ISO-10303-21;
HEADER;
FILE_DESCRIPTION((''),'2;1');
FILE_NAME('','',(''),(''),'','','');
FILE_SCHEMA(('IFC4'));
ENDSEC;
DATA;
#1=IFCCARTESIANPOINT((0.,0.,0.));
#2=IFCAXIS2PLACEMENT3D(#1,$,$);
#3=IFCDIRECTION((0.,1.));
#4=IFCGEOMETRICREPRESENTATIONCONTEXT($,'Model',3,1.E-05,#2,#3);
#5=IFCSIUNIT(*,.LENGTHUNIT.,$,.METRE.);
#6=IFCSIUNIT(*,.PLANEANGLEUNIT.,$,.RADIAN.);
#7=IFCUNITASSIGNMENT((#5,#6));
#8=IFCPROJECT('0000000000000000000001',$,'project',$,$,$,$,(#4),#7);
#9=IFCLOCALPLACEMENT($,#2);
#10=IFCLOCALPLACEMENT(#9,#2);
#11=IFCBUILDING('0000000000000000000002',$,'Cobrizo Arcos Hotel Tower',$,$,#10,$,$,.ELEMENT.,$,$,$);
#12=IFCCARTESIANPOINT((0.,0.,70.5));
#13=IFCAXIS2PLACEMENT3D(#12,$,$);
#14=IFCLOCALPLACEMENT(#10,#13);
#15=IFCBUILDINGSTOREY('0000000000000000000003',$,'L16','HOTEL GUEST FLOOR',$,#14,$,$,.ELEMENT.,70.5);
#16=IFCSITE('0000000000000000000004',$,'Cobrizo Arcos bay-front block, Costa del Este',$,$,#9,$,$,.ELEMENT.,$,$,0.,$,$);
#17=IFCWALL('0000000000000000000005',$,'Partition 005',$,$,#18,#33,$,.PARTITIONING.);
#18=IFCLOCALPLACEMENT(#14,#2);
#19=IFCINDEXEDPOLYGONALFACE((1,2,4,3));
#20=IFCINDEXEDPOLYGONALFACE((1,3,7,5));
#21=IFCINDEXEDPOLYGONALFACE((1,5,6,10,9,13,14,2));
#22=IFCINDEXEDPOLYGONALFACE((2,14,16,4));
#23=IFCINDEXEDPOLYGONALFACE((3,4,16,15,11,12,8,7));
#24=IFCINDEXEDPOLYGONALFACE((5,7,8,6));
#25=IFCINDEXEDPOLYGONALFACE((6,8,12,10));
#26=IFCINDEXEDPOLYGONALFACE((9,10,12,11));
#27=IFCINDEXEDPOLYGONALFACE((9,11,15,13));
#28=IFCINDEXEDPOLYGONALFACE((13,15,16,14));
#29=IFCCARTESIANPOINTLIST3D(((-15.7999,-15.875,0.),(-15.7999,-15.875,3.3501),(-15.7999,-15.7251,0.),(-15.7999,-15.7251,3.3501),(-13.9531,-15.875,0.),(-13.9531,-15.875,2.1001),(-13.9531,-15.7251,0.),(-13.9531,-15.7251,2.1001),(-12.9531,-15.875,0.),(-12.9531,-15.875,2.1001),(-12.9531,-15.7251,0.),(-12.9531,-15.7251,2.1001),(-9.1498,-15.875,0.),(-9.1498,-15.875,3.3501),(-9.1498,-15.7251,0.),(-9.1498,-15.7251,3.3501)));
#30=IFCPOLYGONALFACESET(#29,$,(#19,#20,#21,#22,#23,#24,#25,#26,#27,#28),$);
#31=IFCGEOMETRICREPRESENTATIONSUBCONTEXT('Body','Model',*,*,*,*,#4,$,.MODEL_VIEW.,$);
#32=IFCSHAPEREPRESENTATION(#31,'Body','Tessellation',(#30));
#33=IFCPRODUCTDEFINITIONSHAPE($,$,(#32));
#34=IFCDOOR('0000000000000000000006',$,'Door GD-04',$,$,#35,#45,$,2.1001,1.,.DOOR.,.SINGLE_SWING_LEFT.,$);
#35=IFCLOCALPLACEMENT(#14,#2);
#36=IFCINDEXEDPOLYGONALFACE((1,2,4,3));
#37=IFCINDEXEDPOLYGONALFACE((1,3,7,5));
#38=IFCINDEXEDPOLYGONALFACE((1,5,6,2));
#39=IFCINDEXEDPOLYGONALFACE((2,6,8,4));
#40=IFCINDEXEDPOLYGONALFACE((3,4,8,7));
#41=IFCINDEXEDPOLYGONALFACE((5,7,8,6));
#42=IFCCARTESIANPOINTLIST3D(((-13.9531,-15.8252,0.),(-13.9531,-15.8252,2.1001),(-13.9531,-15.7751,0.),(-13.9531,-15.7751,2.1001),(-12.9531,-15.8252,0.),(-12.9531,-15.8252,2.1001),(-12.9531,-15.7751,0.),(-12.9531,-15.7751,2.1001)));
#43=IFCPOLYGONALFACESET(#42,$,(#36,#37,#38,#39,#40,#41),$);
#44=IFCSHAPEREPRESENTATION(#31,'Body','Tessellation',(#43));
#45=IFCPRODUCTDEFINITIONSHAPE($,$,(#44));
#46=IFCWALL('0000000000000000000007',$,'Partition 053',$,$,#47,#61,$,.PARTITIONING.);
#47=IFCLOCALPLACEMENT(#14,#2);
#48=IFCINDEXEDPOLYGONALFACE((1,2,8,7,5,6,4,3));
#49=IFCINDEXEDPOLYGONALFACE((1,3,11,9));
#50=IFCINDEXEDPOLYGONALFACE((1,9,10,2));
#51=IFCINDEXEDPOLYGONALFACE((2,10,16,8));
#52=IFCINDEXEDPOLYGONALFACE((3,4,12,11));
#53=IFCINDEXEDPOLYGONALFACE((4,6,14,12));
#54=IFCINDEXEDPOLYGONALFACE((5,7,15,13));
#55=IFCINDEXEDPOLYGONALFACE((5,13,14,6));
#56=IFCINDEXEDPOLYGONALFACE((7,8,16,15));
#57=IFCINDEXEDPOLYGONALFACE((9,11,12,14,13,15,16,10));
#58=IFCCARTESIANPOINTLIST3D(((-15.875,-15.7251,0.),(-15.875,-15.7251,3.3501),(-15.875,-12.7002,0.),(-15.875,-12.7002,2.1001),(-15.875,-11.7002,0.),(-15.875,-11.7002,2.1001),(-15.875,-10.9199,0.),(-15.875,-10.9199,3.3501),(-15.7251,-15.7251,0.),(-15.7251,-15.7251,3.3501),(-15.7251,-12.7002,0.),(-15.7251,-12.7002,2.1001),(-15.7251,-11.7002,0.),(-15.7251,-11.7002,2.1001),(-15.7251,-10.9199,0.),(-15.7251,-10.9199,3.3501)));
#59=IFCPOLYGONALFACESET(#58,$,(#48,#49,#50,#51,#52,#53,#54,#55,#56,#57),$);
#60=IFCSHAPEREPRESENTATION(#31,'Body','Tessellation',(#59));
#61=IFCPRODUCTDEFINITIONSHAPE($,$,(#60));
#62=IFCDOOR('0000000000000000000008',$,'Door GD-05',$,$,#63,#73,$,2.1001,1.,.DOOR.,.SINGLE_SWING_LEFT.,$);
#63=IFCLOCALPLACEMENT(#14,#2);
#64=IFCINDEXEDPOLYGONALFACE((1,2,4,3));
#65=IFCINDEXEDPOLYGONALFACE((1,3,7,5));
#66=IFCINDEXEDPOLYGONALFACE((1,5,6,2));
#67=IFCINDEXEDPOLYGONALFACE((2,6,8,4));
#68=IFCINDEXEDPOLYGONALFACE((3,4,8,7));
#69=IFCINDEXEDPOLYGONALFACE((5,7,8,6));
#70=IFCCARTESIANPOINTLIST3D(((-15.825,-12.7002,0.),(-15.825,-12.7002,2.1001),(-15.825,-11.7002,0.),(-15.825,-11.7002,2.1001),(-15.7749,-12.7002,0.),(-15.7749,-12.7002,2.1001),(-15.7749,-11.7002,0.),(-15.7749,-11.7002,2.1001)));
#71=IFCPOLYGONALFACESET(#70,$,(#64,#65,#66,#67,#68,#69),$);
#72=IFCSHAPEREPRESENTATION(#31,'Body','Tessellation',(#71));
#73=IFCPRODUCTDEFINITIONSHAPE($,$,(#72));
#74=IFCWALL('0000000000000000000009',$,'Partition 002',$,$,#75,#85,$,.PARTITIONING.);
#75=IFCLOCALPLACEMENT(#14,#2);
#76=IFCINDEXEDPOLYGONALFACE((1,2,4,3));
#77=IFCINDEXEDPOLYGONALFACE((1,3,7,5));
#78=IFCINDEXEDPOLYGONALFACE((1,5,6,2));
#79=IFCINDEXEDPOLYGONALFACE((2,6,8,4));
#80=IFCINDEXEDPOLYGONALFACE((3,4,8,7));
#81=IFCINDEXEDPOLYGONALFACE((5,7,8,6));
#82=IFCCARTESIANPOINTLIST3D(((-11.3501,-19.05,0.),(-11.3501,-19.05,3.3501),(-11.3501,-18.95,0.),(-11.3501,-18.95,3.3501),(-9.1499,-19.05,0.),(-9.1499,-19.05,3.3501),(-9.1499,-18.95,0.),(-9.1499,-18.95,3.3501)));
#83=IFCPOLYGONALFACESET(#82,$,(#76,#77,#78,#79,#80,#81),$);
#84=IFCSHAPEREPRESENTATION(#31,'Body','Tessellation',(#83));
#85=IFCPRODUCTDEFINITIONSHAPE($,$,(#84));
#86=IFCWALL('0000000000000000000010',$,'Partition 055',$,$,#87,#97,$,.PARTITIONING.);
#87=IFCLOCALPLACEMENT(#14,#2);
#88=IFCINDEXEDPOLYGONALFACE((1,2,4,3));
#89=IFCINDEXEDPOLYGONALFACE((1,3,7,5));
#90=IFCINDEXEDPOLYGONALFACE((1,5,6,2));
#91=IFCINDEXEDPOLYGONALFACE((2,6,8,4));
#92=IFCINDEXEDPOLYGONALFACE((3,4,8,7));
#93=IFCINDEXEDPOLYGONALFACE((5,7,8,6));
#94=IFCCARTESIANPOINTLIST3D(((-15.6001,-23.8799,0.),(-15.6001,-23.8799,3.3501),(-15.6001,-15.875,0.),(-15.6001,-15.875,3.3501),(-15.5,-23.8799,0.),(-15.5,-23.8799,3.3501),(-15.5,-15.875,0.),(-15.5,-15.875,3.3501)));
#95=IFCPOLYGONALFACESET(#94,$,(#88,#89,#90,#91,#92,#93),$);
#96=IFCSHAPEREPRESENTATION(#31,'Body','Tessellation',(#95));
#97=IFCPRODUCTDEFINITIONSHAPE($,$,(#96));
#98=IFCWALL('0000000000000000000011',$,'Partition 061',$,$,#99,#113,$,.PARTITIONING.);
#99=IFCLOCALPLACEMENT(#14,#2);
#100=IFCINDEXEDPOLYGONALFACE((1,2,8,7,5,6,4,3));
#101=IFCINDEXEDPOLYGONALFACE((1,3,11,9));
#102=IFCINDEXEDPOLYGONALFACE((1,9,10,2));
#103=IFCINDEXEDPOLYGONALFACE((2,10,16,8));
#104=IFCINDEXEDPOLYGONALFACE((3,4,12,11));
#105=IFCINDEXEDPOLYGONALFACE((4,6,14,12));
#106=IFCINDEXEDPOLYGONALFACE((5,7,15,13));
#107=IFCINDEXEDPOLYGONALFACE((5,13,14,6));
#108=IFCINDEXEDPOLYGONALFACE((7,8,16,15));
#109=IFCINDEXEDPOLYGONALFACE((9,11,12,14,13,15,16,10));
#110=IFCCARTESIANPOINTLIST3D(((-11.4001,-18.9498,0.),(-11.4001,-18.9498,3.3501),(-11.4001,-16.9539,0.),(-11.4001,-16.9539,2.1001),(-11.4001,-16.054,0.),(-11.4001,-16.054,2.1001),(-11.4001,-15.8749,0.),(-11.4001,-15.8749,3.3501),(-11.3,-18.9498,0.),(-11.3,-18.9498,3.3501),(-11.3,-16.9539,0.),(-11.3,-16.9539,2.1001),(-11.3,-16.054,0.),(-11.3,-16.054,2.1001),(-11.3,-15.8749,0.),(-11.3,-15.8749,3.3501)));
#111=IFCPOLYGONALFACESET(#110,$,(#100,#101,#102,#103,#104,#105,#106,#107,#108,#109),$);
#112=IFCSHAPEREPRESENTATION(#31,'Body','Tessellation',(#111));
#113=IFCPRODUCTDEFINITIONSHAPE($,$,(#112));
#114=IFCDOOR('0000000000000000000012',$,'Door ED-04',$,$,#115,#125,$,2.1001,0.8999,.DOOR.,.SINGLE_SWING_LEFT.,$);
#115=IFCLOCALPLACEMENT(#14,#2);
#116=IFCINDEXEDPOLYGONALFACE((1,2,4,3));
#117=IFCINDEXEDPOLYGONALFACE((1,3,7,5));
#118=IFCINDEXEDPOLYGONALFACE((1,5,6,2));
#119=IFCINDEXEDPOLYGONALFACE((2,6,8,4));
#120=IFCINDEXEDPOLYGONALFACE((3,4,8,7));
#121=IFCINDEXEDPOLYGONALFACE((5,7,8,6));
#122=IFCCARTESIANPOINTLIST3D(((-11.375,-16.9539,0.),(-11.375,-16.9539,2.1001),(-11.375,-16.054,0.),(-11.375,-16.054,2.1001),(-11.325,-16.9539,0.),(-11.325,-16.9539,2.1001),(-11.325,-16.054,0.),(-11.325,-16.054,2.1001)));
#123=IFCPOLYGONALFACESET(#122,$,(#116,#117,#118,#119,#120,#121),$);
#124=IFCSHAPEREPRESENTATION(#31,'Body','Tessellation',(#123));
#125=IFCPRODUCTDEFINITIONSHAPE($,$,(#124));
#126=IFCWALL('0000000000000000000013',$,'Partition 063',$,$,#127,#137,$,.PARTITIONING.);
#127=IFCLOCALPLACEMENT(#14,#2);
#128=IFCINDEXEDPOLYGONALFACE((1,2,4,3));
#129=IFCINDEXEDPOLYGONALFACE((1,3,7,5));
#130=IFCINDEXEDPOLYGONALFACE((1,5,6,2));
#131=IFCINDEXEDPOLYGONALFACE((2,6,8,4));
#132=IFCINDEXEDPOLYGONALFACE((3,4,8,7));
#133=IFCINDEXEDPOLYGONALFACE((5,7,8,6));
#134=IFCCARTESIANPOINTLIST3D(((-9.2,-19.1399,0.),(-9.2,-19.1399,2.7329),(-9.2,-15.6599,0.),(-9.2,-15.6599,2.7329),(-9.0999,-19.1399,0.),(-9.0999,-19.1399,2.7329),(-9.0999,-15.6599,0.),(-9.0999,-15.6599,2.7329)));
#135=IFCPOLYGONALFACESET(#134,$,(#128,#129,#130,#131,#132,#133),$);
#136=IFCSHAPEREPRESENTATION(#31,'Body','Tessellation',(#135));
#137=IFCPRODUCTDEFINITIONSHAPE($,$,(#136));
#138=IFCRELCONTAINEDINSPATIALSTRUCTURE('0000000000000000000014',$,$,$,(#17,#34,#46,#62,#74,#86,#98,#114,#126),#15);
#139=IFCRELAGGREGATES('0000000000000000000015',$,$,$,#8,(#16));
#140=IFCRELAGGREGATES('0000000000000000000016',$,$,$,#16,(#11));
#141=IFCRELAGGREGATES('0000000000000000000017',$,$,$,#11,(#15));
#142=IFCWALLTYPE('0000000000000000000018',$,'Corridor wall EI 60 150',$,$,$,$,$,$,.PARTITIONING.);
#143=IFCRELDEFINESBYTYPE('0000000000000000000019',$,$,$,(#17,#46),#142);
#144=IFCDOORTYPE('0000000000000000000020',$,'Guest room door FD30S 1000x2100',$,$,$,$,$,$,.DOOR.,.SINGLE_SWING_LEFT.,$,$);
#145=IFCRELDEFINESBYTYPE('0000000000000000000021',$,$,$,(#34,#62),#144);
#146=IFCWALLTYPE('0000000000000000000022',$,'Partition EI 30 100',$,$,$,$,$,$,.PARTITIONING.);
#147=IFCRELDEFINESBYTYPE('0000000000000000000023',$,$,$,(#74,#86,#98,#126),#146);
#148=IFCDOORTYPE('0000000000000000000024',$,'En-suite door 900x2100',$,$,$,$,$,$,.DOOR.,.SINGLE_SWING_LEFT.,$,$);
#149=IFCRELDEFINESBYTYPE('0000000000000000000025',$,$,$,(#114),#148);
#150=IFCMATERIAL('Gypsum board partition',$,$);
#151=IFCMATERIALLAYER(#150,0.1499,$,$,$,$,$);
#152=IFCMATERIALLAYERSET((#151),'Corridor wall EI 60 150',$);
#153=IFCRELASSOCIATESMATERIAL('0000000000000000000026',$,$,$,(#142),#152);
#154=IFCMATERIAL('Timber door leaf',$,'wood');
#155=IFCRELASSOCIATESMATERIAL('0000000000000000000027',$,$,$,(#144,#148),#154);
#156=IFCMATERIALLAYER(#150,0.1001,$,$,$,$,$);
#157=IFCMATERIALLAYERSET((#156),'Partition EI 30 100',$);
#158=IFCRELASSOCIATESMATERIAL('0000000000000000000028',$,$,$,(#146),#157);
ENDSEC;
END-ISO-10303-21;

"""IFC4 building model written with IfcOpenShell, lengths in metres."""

from ifc_helpers import new_model, si_unit, direction, frame, frame_2d, origin, place, context, subcontext, project, spatial, rectangle, extrude, material, layer, layer_set, type_object, element, fill, save


model = new_model("IFC4")

# Units and contexts
model_context = context("Model", 3, precision=1e-05, world=origin(), true_north=direction((0.0, 1.0)))
body_context = subcontext(model_context, "Body", "Model", "MODEL_VIEW")
ifc_project = project(units=[si_unit("LENGTHUNIT", "METRE"), si_unit("PLANEANGLEUNIT", "RADIAN")], contexts=[model_context])

# Site, building, storey
site_placement = place(None, origin())
site = spatial("IfcSite", under=ifc_project, at=site_placement, Name="Cobrizo Arcos bay-front block, Costa del Este", CompositionType="ELEMENT", RefElevation=0.0)
building_placement = place(site_placement, origin())
building = spatial("IfcBuilding", under=site, at=building_placement, Name="Cobrizo Arcos Hotel Tower", CompositionType="ELEMENT")
storey_placement = place(building_placement, frame((0.0, 0.0, 70.5)))
storey = spatial("IfcBuildingStorey", under=building, at=storey_placement, Name="L16", Description="HOTEL GUEST FLOOR", CompositionType="ELEMENT", Elevation=70.5)

# Walls, openings, doors
ifc_material_1 = material(Name="Gypsum board partition")
ifc_layer_1 = layer(ifc_material_1, 0.1499)
ifc_layer_set_1 = layer_set([ifc_layer_1], Name="Corridor wall EI 60 150")
wall_type_1 = type_object("IfcWallType", Name="Corridor wall EI 60 150", PredefinedType="PARTITIONING", material=ifc_layer_set_1)
wall_1_placement = place(storey_placement, frame((-15.8, -15.8, 0.0), z_axis=(0.0, 0.0, 1.0), x_axis=(1.0, 0.0, 0.0)))
wall_1 = element("IfcWall", 1, at=wall_1_placement, inside=storey, type_object=wall_type_1, Name="Partition 005", PredefinedType="PARTITIONING", context=body_context, shape_type="SweptSolid", body=[
    extrude(rectangle(XDim=6.6501, YDim=0.1499, at=frame_2d((3.3252, 0.0))), origin(), (0.0, 0.0, 1.0), 3.3501),
])
opening_1_placement = place(wall_1_placement, frame((1.8469, 0.0, 0.0)))
opening_1 = element("IfcOpeningElement", 2, at=opening_1_placement, cuts=wall_1, PredefinedType="OPENING", context=body_context, shape_type="SweptSolid", body=[
    extrude(rectangle(XDim=1.0, YDim=2.1001, at=frame_2d((0.5, 1.05))), frame((0.0, 0.0869, 0.0), z_axis=(0.0, -1.0, 0.0), x_axis=(1.0, 0.0, 0.0)), (0.0, 0.0, 1.0), 0.1738),
])
ifc_material_2 = material(Name="Timber door leaf", Category="wood")
door_type_1 = type_object("IfcDoorType", Name="Guest room door FD30S 1000x2100", OperationType="SINGLE_SWING_LEFT", PredefinedType="DOOR", material=ifc_material_2)
door_1_placement = place(opening_1_placement, origin())
door_1 = element("IfcDoor", 3, at=door_1_placement, inside=storey, type_object=door_type_1, Name="Door GD-04", OperationType="SINGLE_SWING_LEFT", OverallHeight=2.1001, OverallWidth=1.0, PredefinedType="DOOR", context=body_context, shape_type="SweptSolid", body=[
    extrude(rectangle(XDim=1.0, YDim=2.1001, at=frame_2d((0.5, 1.05))), frame((0.0, 0.0249, 0.0), z_axis=(0.0, -1.0, 0.0), x_axis=(1.0, 0.0, 0.0)), (0.0, 0.0, 1.0), 0.05),
])
fill(opening_1, door_1)
wall_2_placement = place(storey_placement, frame((-15.8, -15.7251, 0.0), z_axis=(0.0, 0.0, 1.0), x_axis=(0.0, 1.0, 0.0)))
wall_2 = element("IfcWall", 4, at=wall_2_placement, inside=storey, type_object=wall_type_1, Name="Partition 053", PredefinedType="PARTITIONING", context=body_context, shape_type="SweptSolid", body=[
    extrude(rectangle(XDim=4.8052, YDim=0.1499, at=frame_2d((2.4026, 0.0))), origin(), (0.0, 0.0, 1.0), 3.3501),
])
opening_2_placement = place(wall_2_placement, frame((3.0249, 0.0, 0.0)))
opening_2 = element("IfcOpeningElement", 5, at=opening_2_placement, cuts=wall_2, PredefinedType="OPENING", context=body_context, shape_type="SweptSolid", body=[
    extrude(rectangle(XDim=1.0, YDim=2.1001, at=frame_2d((0.5, 1.05))), frame((0.0, 0.0869, 0.0), z_axis=(0.0, -1.0, 0.0), x_axis=(1.0, 0.0, 0.0)), (0.0, 0.0, 1.0), 0.1738),
])
door_2_placement = place(opening_2_placement, origin())
door_2 = element("IfcDoor", 6, at=door_2_placement, inside=storey, type_object=door_type_1, Name="Door GD-05", OperationType="SINGLE_SWING_LEFT", OverallHeight=2.1001, OverallWidth=1.0, PredefinedType="DOOR", context=body_context, shape_type="SweptSolid", body=[
    extrude(rectangle(XDim=1.0, YDim=2.1001, at=frame_2d((0.5, 1.05))), frame((0.0, 0.0249, 0.0), z_axis=(0.0, -1.0, 0.0), x_axis=(1.0, 0.0, 0.0)), (0.0, 0.0, 1.0), 0.05),
])
fill(opening_2, door_2)

# Walls
ifc_layer_2 = layer(ifc_material_1, 0.1001)
ifc_layer_set_2 = layer_set([ifc_layer_2], Name="Partition EI 30 100")
wall_type_2 = type_object("IfcWallType", Name="Partition EI 30 100", PredefinedType="PARTITIONING", material=ifc_layer_set_2)
wall_3_placement = place(storey_placement, frame((-11.3501, -19.0, 0.0), z_axis=(0.0, 0.0, 1.0), x_axis=(1.0, 0.0, 0.0)))
element("IfcWall", 7, at=wall_3_placement, inside=storey, type_object=wall_type_2, Name="Partition 002", PredefinedType="PARTITIONING", context=body_context, shape_type="SweptSolid", body=[
    extrude(rectangle(XDim=2.2002, YDim=0.1001, at=frame_2d((1.1001, 0.0))), origin(), (0.0, 0.0, 1.0), 3.3501),
])
wall_4_placement = place(storey_placement, frame((-15.55, -23.8799, 0.0), z_axis=(0.0, 0.0, 1.0), x_axis=(0.0, 1.0, 0.0)))
element("IfcWall", 8, at=wall_4_placement, inside=storey, type_object=wall_type_2, Name="Partition 055", PredefinedType="PARTITIONING", context=body_context, shape_type="SweptSolid", body=[
    extrude(rectangle(XDim=8.0049, YDim=0.1001, at=frame_2d((4.0024, 0.0))), origin(), (0.0, 0.0, 1.0), 3.3501),
])

# Wall, opening, door
wall_5_placement = place(storey_placement, frame((-11.3501, -18.95, 0.0), z_axis=(0.0, 0.0, 1.0), x_axis=(0.0, 1.0, 0.0)))
wall_5 = element("IfcWall", 9, at=wall_5_placement, inside=storey, type_object=wall_type_2, Name="Partition 061", PredefinedType="PARTITIONING", context=body_context, shape_type="SweptSolid", body=[
    extrude(rectangle(XDim=3.075, YDim=0.1001, at=frame_2d((1.5376, 0.0))), origin(), (0.0, 0.0, 1.0), 3.3501),
])
opening_3_placement = place(wall_5_placement, frame((1.9961, 0.0, 0.0)))
opening_3 = element("IfcOpeningElement", 10, at=opening_3_placement, cuts=wall_5, PredefinedType="OPENING", context=body_context, shape_type="SweptSolid", body=[
    extrude(rectangle(XDim=0.8999, YDim=2.1001, at=frame_2d((0.45, 1.05))), frame((0.0, 0.062, 0.0), z_axis=(0.0, -1.0, 0.0), x_axis=(1.0, 0.0, 0.0)), (0.0, 0.0, 1.0), 0.124),
])
door_type_2 = type_object("IfcDoorType", Name="En-suite door 900x2100", OperationType="SINGLE_SWING_LEFT", PredefinedType="DOOR", material=ifc_material_2)
door_3_placement = place(opening_3_placement, origin())
door_3 = element("IfcDoor", 11, at=door_3_placement, inside=storey, type_object=door_type_2, Name="Door ED-04", OperationType="SINGLE_SWING_LEFT", OverallHeight=2.1001, OverallWidth=0.8999, PredefinedType="DOOR", context=body_context, shape_type="SweptSolid", body=[
    extrude(rectangle(XDim=0.8999, YDim=2.1001, at=frame_2d((0.45, 1.05))), frame((0.0, 0.0249, 0.0), z_axis=(0.0, -1.0, 0.0), x_axis=(1.0, 0.0, 0.0)), (0.0, 0.0, 1.0), 0.05),
])
fill(opening_3, door_3)

# Wall
wall_6_placement = place(storey_placement, frame((-9.1499, -19.1399, 0.0), z_axis=(0.0, 0.0, 1.0), x_axis=(0.0, 1.0, 0.0)))
element("IfcWall", 12, at=wall_6_placement, inside=storey, type_object=wall_type_2, Name="Partition 063", PredefinedType="PARTITIONING", context=body_context, shape_type="SweptSolid", body=[
    extrude(rectangle(XDim=3.48, YDim=0.1001, at=frame_2d((1.74, 0.0))), origin(), (0.0, 0.0, 1.0), 2.7329),
])

save(model, "model.ifc")
